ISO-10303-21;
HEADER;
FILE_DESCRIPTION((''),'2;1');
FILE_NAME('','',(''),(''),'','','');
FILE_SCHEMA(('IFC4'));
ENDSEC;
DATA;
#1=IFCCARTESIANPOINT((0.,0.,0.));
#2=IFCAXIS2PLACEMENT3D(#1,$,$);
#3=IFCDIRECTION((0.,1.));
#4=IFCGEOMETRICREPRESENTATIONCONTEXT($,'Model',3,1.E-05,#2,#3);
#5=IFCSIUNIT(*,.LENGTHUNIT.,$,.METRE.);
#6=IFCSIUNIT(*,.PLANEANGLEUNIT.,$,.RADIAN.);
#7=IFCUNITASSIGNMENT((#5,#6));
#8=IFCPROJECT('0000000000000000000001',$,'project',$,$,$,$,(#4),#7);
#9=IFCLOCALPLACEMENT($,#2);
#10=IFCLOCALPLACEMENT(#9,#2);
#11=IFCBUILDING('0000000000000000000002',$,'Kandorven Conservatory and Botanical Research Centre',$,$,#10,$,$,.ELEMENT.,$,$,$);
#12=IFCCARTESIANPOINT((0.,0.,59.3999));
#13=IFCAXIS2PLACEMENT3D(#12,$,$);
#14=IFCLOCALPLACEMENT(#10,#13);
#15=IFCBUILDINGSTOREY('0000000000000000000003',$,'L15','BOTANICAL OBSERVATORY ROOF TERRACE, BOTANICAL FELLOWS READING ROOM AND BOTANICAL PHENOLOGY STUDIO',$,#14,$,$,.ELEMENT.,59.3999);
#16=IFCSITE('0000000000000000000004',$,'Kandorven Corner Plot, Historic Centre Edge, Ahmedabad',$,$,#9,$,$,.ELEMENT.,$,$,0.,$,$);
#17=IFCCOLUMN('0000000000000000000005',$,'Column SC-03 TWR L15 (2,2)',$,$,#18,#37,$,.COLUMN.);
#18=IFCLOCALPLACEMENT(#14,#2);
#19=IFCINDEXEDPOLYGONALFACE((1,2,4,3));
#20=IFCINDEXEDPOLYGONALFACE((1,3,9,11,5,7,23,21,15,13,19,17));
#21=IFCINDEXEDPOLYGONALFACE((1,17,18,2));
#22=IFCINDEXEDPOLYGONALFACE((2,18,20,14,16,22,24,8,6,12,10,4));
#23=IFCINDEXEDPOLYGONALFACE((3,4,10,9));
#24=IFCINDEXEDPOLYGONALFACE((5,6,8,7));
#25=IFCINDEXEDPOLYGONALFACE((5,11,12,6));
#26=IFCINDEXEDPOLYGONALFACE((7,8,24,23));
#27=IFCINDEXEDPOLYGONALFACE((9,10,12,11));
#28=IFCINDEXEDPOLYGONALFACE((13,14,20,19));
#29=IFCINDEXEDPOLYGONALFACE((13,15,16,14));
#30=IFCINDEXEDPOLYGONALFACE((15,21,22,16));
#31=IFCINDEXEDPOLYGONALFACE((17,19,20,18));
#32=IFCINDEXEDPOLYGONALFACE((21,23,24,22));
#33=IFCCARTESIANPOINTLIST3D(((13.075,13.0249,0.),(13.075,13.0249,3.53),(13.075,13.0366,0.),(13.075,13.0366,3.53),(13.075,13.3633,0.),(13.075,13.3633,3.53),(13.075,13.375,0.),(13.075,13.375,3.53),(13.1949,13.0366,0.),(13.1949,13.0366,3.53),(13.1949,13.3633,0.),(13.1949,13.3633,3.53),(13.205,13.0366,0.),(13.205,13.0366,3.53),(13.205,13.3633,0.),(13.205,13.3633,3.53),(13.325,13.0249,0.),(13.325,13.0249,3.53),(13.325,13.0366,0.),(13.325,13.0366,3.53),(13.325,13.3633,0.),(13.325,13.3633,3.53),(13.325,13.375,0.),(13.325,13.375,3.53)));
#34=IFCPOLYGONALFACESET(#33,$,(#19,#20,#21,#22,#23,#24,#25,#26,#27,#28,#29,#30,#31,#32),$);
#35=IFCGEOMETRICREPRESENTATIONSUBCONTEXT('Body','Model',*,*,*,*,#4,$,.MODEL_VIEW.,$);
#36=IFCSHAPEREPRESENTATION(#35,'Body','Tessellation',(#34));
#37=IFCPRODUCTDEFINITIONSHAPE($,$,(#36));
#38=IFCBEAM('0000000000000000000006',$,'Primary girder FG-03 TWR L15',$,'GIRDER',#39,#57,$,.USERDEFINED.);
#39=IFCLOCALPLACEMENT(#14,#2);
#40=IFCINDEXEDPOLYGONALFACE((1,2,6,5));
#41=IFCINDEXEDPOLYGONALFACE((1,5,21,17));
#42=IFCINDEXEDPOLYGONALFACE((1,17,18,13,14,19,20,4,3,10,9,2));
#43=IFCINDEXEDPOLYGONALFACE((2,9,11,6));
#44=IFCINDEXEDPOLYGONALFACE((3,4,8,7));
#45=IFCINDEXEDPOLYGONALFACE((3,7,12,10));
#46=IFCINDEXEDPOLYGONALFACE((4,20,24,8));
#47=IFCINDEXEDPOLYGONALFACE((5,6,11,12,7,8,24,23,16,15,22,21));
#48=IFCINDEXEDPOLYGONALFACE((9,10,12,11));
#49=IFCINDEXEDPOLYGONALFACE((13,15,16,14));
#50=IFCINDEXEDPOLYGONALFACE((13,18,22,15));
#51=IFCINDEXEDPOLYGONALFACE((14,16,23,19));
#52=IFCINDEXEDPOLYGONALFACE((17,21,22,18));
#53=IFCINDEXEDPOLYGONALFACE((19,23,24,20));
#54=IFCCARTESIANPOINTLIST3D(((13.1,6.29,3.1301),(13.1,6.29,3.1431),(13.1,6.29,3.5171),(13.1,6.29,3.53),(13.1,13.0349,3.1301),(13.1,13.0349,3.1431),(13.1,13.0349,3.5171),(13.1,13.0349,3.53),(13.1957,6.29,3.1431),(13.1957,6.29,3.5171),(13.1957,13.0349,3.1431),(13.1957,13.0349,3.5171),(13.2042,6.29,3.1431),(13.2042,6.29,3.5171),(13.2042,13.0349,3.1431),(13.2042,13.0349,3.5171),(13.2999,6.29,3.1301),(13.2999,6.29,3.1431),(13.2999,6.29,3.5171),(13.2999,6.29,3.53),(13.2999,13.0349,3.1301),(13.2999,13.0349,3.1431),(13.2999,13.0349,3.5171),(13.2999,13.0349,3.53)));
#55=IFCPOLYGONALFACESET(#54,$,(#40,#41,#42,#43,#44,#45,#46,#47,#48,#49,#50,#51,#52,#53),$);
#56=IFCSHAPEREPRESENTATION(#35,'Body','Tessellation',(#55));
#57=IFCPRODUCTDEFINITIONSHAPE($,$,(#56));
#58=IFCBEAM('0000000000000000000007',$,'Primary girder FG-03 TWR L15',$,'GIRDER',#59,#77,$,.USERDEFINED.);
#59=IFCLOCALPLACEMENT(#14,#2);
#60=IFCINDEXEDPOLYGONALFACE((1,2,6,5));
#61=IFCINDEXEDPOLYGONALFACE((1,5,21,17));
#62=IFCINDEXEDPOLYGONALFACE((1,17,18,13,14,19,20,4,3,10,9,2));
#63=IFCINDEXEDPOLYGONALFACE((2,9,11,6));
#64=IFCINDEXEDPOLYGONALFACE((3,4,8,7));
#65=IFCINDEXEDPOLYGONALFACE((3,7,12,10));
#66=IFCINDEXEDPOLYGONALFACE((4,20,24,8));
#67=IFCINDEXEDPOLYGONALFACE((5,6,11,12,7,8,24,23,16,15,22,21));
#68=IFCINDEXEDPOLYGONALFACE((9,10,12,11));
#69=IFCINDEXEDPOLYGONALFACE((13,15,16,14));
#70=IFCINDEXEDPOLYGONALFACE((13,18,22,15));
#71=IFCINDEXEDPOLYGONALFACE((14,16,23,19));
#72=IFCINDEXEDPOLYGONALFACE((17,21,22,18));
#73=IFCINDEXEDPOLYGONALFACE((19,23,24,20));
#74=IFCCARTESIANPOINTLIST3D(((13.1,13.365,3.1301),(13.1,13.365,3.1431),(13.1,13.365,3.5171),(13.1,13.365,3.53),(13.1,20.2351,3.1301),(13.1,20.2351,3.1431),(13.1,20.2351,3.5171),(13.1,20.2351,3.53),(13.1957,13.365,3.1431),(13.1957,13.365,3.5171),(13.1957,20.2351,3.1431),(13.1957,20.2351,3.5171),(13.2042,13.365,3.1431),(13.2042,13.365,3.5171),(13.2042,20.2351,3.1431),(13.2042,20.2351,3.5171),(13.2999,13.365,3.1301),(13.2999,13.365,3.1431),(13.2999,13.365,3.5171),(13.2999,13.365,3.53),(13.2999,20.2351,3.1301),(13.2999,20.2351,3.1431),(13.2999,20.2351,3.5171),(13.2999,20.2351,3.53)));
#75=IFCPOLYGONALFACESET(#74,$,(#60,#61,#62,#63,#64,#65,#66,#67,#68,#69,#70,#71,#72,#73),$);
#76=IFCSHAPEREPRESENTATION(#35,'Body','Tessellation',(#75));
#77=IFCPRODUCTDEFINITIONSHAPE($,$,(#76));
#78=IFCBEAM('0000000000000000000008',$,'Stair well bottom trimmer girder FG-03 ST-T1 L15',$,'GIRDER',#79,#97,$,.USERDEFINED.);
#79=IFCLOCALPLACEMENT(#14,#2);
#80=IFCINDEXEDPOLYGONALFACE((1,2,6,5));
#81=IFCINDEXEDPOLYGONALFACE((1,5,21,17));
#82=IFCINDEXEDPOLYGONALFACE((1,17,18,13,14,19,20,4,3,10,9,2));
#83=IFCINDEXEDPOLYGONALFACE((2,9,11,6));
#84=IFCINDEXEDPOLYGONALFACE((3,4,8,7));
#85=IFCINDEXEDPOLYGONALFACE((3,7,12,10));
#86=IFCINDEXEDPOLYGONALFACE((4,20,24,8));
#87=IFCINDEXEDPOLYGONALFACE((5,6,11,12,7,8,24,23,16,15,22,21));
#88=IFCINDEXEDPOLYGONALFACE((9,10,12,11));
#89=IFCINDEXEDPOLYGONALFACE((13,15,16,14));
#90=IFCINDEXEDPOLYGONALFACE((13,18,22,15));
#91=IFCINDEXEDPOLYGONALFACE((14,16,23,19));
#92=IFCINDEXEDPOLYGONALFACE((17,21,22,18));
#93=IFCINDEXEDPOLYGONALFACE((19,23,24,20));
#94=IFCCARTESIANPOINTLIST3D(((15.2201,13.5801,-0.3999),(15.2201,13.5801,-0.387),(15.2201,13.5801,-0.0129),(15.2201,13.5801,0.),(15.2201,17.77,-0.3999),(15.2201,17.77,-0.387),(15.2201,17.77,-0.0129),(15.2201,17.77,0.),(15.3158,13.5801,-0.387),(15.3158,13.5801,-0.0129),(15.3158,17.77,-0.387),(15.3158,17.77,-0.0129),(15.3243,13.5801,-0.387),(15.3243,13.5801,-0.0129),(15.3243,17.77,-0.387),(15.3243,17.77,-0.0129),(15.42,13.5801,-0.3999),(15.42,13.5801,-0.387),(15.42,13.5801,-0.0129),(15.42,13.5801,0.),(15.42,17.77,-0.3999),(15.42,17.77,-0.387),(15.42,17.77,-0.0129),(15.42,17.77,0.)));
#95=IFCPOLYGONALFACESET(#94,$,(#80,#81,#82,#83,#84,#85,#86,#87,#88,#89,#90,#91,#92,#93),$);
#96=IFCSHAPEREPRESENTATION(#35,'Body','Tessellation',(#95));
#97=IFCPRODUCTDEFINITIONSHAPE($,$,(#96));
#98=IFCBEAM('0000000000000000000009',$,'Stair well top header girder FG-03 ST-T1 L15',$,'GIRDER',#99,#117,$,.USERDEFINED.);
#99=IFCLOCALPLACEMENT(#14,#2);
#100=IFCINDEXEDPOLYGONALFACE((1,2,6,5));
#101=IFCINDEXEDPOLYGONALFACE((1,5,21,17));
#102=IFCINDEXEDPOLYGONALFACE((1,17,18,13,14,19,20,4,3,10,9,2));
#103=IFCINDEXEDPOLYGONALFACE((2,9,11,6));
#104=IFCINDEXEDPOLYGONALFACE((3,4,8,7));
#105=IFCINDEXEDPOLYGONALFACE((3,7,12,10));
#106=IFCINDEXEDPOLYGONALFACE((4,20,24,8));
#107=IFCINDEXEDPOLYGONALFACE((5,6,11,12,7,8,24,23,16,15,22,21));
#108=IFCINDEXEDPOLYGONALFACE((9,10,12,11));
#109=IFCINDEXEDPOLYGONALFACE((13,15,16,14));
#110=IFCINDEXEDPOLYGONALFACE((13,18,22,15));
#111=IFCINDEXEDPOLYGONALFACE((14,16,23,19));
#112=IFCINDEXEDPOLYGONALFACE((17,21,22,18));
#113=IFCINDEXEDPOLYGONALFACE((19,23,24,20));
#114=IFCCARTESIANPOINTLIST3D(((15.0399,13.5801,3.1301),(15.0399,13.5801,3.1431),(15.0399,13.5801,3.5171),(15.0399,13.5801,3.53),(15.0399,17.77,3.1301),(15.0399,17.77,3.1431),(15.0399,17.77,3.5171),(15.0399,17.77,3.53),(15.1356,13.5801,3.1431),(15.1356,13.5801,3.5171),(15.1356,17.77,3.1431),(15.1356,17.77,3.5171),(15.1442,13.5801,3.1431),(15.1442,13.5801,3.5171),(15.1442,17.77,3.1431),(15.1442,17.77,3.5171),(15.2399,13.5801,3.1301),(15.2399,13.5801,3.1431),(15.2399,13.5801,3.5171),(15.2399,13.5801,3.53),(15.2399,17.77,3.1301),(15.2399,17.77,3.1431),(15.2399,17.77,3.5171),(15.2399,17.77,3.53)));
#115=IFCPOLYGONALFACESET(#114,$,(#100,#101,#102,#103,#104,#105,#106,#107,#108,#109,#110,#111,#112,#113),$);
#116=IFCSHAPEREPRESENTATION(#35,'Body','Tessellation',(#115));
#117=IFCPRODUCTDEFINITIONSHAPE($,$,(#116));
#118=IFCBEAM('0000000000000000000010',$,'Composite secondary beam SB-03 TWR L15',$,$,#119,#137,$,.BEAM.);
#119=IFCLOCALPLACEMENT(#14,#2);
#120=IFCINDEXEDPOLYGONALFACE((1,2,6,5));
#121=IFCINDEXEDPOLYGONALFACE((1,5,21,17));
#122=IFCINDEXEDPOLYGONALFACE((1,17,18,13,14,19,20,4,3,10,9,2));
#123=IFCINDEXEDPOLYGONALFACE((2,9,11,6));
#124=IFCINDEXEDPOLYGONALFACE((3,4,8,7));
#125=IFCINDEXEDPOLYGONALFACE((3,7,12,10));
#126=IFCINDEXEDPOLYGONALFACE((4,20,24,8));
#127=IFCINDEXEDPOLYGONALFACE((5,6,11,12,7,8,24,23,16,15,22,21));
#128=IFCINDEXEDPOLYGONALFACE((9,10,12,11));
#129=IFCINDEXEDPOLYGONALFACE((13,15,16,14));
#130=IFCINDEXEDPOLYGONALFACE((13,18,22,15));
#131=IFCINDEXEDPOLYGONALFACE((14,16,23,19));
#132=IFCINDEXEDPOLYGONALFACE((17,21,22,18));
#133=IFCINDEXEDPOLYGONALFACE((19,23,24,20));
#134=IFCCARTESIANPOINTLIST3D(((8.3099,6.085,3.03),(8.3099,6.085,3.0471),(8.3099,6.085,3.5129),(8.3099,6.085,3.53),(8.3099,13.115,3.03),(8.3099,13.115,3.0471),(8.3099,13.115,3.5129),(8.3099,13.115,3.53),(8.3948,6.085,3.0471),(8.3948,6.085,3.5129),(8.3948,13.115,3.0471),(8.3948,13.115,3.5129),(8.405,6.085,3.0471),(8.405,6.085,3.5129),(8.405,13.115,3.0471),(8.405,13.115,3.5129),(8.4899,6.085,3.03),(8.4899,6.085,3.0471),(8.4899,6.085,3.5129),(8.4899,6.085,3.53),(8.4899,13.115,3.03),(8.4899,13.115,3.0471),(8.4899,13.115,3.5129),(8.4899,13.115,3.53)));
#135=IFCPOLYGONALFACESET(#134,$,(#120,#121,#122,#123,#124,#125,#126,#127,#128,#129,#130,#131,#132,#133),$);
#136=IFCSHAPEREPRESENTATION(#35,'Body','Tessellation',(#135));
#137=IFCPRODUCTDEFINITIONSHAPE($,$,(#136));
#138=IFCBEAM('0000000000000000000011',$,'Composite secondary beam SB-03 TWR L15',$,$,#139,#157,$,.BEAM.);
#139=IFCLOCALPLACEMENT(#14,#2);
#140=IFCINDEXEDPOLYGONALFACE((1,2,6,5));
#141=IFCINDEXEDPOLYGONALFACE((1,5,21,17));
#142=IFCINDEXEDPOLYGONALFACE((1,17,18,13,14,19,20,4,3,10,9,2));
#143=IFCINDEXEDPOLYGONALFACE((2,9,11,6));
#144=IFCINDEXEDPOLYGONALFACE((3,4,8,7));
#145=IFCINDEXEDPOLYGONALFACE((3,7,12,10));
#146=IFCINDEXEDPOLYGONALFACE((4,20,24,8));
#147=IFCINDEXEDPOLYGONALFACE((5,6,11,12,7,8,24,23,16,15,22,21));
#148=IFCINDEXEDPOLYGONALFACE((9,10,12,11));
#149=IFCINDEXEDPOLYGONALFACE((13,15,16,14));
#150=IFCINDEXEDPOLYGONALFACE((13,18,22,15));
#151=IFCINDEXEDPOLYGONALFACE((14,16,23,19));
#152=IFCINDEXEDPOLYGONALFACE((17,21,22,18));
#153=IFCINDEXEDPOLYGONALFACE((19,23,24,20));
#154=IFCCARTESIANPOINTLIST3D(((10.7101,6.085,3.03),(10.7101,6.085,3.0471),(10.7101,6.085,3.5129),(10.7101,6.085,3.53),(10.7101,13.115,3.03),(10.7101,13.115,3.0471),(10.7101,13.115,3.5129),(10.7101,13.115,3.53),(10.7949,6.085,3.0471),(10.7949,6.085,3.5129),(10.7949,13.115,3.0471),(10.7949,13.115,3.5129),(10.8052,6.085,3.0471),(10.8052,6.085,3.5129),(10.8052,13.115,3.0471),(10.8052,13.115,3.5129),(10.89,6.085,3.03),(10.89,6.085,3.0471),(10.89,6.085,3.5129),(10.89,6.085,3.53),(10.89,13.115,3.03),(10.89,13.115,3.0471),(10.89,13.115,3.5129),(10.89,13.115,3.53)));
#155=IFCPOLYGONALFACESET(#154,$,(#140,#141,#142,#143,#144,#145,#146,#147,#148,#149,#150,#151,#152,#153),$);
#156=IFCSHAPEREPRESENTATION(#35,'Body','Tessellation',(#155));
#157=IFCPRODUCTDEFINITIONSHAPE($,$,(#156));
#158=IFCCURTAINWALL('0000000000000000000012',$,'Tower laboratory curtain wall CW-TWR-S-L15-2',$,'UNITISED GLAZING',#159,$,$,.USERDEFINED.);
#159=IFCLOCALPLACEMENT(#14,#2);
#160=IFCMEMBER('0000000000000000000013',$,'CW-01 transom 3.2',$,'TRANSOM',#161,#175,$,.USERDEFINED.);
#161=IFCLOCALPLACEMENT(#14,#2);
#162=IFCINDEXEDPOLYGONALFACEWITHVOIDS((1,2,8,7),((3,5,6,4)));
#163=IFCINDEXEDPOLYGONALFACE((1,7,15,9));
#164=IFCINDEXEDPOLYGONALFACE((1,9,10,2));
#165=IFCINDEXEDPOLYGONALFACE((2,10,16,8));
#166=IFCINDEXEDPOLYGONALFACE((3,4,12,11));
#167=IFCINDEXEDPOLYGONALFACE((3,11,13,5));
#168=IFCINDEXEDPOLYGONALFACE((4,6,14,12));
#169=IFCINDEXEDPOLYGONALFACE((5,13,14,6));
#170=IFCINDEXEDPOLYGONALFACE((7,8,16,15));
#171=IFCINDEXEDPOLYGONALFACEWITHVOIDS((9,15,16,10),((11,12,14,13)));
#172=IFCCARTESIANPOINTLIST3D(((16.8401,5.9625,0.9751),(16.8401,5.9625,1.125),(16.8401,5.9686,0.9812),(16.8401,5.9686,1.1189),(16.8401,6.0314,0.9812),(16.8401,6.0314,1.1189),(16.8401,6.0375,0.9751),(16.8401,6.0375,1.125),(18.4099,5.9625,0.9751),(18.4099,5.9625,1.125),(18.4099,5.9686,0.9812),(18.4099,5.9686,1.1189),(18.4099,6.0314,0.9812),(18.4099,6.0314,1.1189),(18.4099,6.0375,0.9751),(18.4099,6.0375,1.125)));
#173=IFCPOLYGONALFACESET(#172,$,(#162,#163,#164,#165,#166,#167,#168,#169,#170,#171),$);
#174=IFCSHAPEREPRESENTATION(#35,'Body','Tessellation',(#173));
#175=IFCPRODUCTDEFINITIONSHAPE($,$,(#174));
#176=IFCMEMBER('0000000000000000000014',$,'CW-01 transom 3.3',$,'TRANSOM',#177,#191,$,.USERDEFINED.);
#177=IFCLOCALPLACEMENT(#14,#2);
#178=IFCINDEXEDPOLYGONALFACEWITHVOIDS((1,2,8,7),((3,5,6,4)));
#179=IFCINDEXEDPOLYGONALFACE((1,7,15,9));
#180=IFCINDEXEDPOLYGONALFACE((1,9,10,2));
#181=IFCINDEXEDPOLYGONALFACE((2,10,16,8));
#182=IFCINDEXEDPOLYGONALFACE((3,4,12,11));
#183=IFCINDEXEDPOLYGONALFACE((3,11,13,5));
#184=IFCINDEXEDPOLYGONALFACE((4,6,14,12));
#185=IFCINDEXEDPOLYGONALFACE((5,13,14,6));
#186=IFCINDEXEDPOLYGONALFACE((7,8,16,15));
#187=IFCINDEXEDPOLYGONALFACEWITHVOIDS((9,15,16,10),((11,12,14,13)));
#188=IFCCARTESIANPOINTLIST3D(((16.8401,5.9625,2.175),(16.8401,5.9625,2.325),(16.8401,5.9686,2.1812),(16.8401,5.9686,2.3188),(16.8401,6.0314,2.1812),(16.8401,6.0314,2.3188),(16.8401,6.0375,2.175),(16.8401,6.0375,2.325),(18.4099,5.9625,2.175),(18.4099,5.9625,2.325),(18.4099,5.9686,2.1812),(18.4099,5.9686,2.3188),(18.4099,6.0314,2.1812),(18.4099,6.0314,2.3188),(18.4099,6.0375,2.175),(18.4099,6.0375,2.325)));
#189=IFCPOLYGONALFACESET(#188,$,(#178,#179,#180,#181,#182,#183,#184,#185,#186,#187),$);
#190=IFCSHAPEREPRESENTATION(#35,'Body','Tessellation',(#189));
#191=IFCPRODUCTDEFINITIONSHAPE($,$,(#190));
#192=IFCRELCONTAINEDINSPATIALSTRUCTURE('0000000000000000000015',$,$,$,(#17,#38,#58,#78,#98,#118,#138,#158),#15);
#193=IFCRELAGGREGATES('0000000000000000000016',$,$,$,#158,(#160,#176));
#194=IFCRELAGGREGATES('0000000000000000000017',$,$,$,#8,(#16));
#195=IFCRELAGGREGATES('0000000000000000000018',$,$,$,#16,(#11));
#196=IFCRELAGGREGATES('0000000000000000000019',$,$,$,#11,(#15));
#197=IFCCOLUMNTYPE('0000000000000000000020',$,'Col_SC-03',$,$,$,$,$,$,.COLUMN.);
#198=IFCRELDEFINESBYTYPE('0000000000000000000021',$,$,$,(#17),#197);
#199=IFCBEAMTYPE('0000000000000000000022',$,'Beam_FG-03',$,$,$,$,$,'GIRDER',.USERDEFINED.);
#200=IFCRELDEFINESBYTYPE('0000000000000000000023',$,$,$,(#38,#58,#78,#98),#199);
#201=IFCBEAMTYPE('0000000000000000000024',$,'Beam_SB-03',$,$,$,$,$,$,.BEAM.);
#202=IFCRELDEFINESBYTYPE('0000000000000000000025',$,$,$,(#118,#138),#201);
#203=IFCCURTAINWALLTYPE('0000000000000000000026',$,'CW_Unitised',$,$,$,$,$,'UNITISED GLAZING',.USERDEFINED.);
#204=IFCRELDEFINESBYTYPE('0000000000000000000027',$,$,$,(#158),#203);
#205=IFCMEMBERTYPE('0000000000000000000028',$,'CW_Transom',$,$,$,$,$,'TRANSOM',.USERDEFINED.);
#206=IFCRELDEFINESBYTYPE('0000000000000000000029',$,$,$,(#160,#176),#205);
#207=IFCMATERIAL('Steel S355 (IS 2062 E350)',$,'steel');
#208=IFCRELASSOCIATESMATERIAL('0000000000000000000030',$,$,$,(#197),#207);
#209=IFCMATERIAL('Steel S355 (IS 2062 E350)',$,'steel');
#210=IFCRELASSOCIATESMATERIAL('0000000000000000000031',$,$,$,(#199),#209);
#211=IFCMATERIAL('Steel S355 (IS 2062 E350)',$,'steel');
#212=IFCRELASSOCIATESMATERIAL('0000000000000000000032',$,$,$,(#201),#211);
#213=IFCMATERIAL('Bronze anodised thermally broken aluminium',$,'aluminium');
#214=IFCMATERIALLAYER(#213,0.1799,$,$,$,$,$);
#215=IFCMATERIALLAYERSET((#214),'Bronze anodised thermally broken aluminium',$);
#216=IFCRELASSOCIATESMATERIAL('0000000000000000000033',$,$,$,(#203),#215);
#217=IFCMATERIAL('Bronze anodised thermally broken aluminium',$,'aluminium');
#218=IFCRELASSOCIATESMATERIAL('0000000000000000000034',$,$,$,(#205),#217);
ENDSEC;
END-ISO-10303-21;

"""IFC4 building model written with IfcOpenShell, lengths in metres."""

from ifc_helpers import new_model, si_unit, direction, frame, origin, origin_2d, place, context, subcontext, project, spatial, hollow_rectangle, i_section, extrude, material, layer, layer_set, material_profile, profile_set, type_object, element, aggregate, save


model = new_model("IFC4")

# Units and contexts
model_context = context("Model", 3, precision=1e-05, world=origin(), true_north=direction((0.0, 1.0)))
body_context = subcontext(model_context, "Body", "Model", "MODEL_VIEW")
ifc_project = project(units=[si_unit("LENGTHUNIT", "METRE"), si_unit("PLANEANGLEUNIT", "RADIAN")], contexts=[model_context])

# Site, building, storey
site_placement = place(None, origin())
site = spatial("IfcSite", under=ifc_project, at=site_placement, Name="Kandorven Corner Plot, Historic Centre Edge, Ahmedabad", CompositionType="ELEMENT", RefElevation=0.0)
building_placement = place(site_placement, origin())
building = spatial("IfcBuilding", under=site, at=building_placement, Name="Kandorven Conservatory and Botanical Research Centre", CompositionType="ELEMENT")
storey_placement = place(building_placement, frame((0.0, 0.0, 59.3999)))
storey = spatial("IfcBuildingStorey", under=building, at=storey_placement, Name="L15", Description="BOTANICAL OBSERVATORY ROOF TERRACE, BOTANICAL FELLOWS READING ROOM AND BOTANICAL PHENOLOGY STUDIO", CompositionType="ELEMENT", Elevation=59.3999)

# Column
ifc_material_1 = material(Name="Steel S355 (IS 2062 E350)", Category="steel")
ifc_material_profile_1 = material_profile(ifc_material_1, i_section(OverallWidth=0.25, OverallDepth=0.3501, WebThickness=0.01, FlangeThickness=0.0117, at=origin_2d()))
ifc_profile_set_1 = profile_set([ifc_material_profile_1], Name="Steel S355 (IS 2062 E350)")
column_type = type_object("IfcColumnType", Name="Col_SC-03", PredefinedType="COLUMN", material=ifc_profile_set_1)
column_placement = place(storey_placement, frame((13.2, 13.2, 0.0), z_axis=(0.0, 0.0, 1.0), x_axis=(1.0, 0.0, 0.0)))
element("IfcColumn", 1, at=column_placement, inside=storey, type_object=column_type, Name="Column SC-03 TWR L15 (2,2)", PredefinedType="COLUMN", context=body_context, shape_type="SweptSolid", body=[
    extrude(i_section(OverallWidth=0.25, OverallDepth=0.3501, WebThickness=0.01, FlangeThickness=0.0117, at=origin_2d()), origin(), (0.0, 0.0, 1.0), 3.53),
])

# Beams
ifc_material_2 = material(Name="Steel S355 (IS 2062 E350)", Category="steel")
ifc_material_profile_2 = material_profile(ifc_material_2, i_section(OverallWidth=0.2, OverallDepth=0.3999, WebThickness=0.0085, FlangeThickness=0.0129, at=origin_2d()))
ifc_profile_set_2 = profile_set([ifc_material_profile_2], Name="Steel S355 (IS 2062 E350)")
beam_type_1 = type_object("IfcBeamType", Name="Beam_FG-03", ElementType="GIRDER", PredefinedType="USERDEFINED", material=ifc_profile_set_2)
beam_1_placement = place(storey_placement, frame((13.2, 6.29, 3.3301), z_axis=(0.0, 1.0, 0.0), x_axis=(-1.0, 0.0, 0.0)))
element("IfcBeam", 2, at=beam_1_placement, inside=storey, type_object=beam_type_1, Name="Primary girder FG-03 TWR L15", ObjectType="GIRDER", PredefinedType="USERDEFINED", context=body_context, shape_type="SweptSolid", body=[
    extrude(i_section(OverallWidth=0.2, OverallDepth=0.3999, WebThickness=0.0085, FlangeThickness=0.0129, at=origin_2d()), origin(), (0.0, 0.0, 1.0), 6.7449),
])
beam_2_placement = place(storey_placement, frame((13.2, 13.365, 3.3301), z_axis=(0.0, 1.0, 0.0), x_axis=(-1.0, 0.0, 0.0)))
element("IfcBeam", 3, at=beam_2_placement, inside=storey, type_object=beam_type_1, Name="Primary girder FG-03 TWR L15", ObjectType="GIRDER", PredefinedType="USERDEFINED", context=body_context, shape_type="SweptSolid", body=[
    extrude(i_section(OverallWidth=0.2, OverallDepth=0.3999, WebThickness=0.0085, FlangeThickness=0.0129, at=origin_2d()), origin(), (0.0, 0.0, 1.0), 6.8701),
])
for number, where, z_axis, x_axis, name in (
    (4, (15.3201, 13.5801, -0.2), (0.0, 1.0, 0.0), (-1.0, 0.0, 0.0), "Stair well bottom trimmer girder FG-03 ST-T1 L15"),
    (5, (15.1399, 13.5801, 3.3301), (0.0, 1.0, 0.0), (-1.0, 0.0, 0.0), "Stair well top header girder FG-03 ST-T1 L15"),
):
    element("IfcBeam", number, at=place(storey_placement, frame(where, z_axis=z_axis, x_axis=x_axis)), inside=storey, type_object=beam_type_1, Name=name, ObjectType="GIRDER", PredefinedType="USERDEFINED", context=body_context, shape_type="SweptSolid", body=[
        extrude(i_section(OverallWidth=0.2, OverallDepth=0.3999, WebThickness=0.0085, FlangeThickness=0.0129, at=origin_2d()), origin(), (0.0, 0.0, 1.0), 4.1899),
    ])
ifc_material_3 = material(Name="Steel S355 (IS 2062 E350)", Category="steel")
ifc_material_profile_3 = material_profile(ifc_material_3, i_section(OverallWidth=0.1799, OverallDepth=0.5, WebThickness=0.0103, FlangeThickness=0.0171, at=origin_2d()))
ifc_profile_set_3 = profile_set([ifc_material_profile_3], Name="Steel S355 (IS 2062 E350)")
beam_type_2 = type_object("IfcBeamType", Name="Beam_SB-03", PredefinedType="BEAM", material=ifc_profile_set_3)
for number, where, z_axis, x_axis, name in (
    (6, (8.3999, 6.085, 3.28), (0.0, 1.0, 0.0), (-1.0, 0.0, 0.0), "Composite secondary beam SB-03 TWR L15"),
    (7, (10.8, 6.085, 3.28), (0.0, 1.0, 0.0), (-1.0, 0.0, 0.0), "Composite secondary beam SB-03 TWR L15"),
):
    element("IfcBeam", number, at=place(storey_placement, frame(where, z_axis=z_axis, x_axis=x_axis)), inside=storey, type_object=beam_type_2, Name=name, PredefinedType="BEAM", context=body_context, shape_type="SweptSolid", body=[
        extrude(i_section(OverallWidth=0.1799, OverallDepth=0.5, WebThickness=0.0103, FlangeThickness=0.0171, at=origin_2d()), origin(), (0.0, 0.0, 1.0), 7.03),
    ])

# Curtain wall, members
ifc_material_4 = material(Name="Bronze anodised thermally broken aluminium", Category="aluminium")
ifc_layer_1 = layer(ifc_material_4, 0.1799)
ifc_layer_set_1 = layer_set([ifc_layer_1], Name="Bronze anodised thermally broken aluminium")
curtain_wall_type = type_object("IfcCurtainWallType", Name="CW_Unitised", ElementType="UNITISED GLAZING", PredefinedType="USERDEFINED", material=ifc_layer_set_1)
curtain_wall_placement = place(storey_placement, origin())
curtain_wall = element("IfcCurtainWall", 8, at=curtain_wall_placement, inside=storey, type_object=curtain_wall_type, Name="Tower laboratory curtain wall CW-TWR-S-L15-2", ObjectType="UNITISED GLAZING", PredefinedType="USERDEFINED")
ifc_material_5 = material(Name="Bronze anodised thermally broken aluminium", Category="aluminium")
ifc_material_profile_4 = material_profile(ifc_material_5, hollow_rectangle(XDim=0.075, YDim=0.1499, WallThickness=0.0061, at=origin_2d()))
ifc_profile_set_4 = profile_set([ifc_material_profile_4], Name="Bronze anodised thermally broken aluminium")
member_type = type_object("IfcMemberType", Name="CW_Transom", ElementType="TRANSOM", PredefinedType="USERDEFINED", material=ifc_profile_set_4)
member_1_placement = place(storey_placement, frame((16.8401, 6.0, 1.05), z_axis=(1.0, 0.0, 0.0), x_axis=(0.0, 1.0, 0.0)))
member_1 = element("IfcMember", 9, at=member_1_placement, type_object=member_type, Name="CW-01 transom 3.2", ObjectType="TRANSOM", PredefinedType="USERDEFINED", context=body_context, shape_type="SweptSolid", body=[
    extrude(hollow_rectangle(XDim=0.075, YDim=0.1499, WallThickness=0.0061, at=origin_2d()), origin(), (0.0, 0.0, 1.0), 1.5698),
])
member_2_placement = place(storey_placement, frame((16.8401, 6.0, 2.25), z_axis=(1.0, 0.0, 0.0), x_axis=(0.0, 1.0, 0.0)))
member_2 = element("IfcMember", 10, at=member_2_placement, type_object=member_type, Name="CW-01 transom 3.3", ObjectType="TRANSOM", PredefinedType="USERDEFINED", context=body_context, shape_type="SweptSolid", body=[
    extrude(hollow_rectangle(XDim=0.075, YDim=0.1499, WallThickness=0.0061, at=origin_2d()), origin(), (0.0, 0.0, 1.0), 1.5698),
])
aggregate(curtain_wall, [member_1, member_2])

save(model, "model.ifc")
